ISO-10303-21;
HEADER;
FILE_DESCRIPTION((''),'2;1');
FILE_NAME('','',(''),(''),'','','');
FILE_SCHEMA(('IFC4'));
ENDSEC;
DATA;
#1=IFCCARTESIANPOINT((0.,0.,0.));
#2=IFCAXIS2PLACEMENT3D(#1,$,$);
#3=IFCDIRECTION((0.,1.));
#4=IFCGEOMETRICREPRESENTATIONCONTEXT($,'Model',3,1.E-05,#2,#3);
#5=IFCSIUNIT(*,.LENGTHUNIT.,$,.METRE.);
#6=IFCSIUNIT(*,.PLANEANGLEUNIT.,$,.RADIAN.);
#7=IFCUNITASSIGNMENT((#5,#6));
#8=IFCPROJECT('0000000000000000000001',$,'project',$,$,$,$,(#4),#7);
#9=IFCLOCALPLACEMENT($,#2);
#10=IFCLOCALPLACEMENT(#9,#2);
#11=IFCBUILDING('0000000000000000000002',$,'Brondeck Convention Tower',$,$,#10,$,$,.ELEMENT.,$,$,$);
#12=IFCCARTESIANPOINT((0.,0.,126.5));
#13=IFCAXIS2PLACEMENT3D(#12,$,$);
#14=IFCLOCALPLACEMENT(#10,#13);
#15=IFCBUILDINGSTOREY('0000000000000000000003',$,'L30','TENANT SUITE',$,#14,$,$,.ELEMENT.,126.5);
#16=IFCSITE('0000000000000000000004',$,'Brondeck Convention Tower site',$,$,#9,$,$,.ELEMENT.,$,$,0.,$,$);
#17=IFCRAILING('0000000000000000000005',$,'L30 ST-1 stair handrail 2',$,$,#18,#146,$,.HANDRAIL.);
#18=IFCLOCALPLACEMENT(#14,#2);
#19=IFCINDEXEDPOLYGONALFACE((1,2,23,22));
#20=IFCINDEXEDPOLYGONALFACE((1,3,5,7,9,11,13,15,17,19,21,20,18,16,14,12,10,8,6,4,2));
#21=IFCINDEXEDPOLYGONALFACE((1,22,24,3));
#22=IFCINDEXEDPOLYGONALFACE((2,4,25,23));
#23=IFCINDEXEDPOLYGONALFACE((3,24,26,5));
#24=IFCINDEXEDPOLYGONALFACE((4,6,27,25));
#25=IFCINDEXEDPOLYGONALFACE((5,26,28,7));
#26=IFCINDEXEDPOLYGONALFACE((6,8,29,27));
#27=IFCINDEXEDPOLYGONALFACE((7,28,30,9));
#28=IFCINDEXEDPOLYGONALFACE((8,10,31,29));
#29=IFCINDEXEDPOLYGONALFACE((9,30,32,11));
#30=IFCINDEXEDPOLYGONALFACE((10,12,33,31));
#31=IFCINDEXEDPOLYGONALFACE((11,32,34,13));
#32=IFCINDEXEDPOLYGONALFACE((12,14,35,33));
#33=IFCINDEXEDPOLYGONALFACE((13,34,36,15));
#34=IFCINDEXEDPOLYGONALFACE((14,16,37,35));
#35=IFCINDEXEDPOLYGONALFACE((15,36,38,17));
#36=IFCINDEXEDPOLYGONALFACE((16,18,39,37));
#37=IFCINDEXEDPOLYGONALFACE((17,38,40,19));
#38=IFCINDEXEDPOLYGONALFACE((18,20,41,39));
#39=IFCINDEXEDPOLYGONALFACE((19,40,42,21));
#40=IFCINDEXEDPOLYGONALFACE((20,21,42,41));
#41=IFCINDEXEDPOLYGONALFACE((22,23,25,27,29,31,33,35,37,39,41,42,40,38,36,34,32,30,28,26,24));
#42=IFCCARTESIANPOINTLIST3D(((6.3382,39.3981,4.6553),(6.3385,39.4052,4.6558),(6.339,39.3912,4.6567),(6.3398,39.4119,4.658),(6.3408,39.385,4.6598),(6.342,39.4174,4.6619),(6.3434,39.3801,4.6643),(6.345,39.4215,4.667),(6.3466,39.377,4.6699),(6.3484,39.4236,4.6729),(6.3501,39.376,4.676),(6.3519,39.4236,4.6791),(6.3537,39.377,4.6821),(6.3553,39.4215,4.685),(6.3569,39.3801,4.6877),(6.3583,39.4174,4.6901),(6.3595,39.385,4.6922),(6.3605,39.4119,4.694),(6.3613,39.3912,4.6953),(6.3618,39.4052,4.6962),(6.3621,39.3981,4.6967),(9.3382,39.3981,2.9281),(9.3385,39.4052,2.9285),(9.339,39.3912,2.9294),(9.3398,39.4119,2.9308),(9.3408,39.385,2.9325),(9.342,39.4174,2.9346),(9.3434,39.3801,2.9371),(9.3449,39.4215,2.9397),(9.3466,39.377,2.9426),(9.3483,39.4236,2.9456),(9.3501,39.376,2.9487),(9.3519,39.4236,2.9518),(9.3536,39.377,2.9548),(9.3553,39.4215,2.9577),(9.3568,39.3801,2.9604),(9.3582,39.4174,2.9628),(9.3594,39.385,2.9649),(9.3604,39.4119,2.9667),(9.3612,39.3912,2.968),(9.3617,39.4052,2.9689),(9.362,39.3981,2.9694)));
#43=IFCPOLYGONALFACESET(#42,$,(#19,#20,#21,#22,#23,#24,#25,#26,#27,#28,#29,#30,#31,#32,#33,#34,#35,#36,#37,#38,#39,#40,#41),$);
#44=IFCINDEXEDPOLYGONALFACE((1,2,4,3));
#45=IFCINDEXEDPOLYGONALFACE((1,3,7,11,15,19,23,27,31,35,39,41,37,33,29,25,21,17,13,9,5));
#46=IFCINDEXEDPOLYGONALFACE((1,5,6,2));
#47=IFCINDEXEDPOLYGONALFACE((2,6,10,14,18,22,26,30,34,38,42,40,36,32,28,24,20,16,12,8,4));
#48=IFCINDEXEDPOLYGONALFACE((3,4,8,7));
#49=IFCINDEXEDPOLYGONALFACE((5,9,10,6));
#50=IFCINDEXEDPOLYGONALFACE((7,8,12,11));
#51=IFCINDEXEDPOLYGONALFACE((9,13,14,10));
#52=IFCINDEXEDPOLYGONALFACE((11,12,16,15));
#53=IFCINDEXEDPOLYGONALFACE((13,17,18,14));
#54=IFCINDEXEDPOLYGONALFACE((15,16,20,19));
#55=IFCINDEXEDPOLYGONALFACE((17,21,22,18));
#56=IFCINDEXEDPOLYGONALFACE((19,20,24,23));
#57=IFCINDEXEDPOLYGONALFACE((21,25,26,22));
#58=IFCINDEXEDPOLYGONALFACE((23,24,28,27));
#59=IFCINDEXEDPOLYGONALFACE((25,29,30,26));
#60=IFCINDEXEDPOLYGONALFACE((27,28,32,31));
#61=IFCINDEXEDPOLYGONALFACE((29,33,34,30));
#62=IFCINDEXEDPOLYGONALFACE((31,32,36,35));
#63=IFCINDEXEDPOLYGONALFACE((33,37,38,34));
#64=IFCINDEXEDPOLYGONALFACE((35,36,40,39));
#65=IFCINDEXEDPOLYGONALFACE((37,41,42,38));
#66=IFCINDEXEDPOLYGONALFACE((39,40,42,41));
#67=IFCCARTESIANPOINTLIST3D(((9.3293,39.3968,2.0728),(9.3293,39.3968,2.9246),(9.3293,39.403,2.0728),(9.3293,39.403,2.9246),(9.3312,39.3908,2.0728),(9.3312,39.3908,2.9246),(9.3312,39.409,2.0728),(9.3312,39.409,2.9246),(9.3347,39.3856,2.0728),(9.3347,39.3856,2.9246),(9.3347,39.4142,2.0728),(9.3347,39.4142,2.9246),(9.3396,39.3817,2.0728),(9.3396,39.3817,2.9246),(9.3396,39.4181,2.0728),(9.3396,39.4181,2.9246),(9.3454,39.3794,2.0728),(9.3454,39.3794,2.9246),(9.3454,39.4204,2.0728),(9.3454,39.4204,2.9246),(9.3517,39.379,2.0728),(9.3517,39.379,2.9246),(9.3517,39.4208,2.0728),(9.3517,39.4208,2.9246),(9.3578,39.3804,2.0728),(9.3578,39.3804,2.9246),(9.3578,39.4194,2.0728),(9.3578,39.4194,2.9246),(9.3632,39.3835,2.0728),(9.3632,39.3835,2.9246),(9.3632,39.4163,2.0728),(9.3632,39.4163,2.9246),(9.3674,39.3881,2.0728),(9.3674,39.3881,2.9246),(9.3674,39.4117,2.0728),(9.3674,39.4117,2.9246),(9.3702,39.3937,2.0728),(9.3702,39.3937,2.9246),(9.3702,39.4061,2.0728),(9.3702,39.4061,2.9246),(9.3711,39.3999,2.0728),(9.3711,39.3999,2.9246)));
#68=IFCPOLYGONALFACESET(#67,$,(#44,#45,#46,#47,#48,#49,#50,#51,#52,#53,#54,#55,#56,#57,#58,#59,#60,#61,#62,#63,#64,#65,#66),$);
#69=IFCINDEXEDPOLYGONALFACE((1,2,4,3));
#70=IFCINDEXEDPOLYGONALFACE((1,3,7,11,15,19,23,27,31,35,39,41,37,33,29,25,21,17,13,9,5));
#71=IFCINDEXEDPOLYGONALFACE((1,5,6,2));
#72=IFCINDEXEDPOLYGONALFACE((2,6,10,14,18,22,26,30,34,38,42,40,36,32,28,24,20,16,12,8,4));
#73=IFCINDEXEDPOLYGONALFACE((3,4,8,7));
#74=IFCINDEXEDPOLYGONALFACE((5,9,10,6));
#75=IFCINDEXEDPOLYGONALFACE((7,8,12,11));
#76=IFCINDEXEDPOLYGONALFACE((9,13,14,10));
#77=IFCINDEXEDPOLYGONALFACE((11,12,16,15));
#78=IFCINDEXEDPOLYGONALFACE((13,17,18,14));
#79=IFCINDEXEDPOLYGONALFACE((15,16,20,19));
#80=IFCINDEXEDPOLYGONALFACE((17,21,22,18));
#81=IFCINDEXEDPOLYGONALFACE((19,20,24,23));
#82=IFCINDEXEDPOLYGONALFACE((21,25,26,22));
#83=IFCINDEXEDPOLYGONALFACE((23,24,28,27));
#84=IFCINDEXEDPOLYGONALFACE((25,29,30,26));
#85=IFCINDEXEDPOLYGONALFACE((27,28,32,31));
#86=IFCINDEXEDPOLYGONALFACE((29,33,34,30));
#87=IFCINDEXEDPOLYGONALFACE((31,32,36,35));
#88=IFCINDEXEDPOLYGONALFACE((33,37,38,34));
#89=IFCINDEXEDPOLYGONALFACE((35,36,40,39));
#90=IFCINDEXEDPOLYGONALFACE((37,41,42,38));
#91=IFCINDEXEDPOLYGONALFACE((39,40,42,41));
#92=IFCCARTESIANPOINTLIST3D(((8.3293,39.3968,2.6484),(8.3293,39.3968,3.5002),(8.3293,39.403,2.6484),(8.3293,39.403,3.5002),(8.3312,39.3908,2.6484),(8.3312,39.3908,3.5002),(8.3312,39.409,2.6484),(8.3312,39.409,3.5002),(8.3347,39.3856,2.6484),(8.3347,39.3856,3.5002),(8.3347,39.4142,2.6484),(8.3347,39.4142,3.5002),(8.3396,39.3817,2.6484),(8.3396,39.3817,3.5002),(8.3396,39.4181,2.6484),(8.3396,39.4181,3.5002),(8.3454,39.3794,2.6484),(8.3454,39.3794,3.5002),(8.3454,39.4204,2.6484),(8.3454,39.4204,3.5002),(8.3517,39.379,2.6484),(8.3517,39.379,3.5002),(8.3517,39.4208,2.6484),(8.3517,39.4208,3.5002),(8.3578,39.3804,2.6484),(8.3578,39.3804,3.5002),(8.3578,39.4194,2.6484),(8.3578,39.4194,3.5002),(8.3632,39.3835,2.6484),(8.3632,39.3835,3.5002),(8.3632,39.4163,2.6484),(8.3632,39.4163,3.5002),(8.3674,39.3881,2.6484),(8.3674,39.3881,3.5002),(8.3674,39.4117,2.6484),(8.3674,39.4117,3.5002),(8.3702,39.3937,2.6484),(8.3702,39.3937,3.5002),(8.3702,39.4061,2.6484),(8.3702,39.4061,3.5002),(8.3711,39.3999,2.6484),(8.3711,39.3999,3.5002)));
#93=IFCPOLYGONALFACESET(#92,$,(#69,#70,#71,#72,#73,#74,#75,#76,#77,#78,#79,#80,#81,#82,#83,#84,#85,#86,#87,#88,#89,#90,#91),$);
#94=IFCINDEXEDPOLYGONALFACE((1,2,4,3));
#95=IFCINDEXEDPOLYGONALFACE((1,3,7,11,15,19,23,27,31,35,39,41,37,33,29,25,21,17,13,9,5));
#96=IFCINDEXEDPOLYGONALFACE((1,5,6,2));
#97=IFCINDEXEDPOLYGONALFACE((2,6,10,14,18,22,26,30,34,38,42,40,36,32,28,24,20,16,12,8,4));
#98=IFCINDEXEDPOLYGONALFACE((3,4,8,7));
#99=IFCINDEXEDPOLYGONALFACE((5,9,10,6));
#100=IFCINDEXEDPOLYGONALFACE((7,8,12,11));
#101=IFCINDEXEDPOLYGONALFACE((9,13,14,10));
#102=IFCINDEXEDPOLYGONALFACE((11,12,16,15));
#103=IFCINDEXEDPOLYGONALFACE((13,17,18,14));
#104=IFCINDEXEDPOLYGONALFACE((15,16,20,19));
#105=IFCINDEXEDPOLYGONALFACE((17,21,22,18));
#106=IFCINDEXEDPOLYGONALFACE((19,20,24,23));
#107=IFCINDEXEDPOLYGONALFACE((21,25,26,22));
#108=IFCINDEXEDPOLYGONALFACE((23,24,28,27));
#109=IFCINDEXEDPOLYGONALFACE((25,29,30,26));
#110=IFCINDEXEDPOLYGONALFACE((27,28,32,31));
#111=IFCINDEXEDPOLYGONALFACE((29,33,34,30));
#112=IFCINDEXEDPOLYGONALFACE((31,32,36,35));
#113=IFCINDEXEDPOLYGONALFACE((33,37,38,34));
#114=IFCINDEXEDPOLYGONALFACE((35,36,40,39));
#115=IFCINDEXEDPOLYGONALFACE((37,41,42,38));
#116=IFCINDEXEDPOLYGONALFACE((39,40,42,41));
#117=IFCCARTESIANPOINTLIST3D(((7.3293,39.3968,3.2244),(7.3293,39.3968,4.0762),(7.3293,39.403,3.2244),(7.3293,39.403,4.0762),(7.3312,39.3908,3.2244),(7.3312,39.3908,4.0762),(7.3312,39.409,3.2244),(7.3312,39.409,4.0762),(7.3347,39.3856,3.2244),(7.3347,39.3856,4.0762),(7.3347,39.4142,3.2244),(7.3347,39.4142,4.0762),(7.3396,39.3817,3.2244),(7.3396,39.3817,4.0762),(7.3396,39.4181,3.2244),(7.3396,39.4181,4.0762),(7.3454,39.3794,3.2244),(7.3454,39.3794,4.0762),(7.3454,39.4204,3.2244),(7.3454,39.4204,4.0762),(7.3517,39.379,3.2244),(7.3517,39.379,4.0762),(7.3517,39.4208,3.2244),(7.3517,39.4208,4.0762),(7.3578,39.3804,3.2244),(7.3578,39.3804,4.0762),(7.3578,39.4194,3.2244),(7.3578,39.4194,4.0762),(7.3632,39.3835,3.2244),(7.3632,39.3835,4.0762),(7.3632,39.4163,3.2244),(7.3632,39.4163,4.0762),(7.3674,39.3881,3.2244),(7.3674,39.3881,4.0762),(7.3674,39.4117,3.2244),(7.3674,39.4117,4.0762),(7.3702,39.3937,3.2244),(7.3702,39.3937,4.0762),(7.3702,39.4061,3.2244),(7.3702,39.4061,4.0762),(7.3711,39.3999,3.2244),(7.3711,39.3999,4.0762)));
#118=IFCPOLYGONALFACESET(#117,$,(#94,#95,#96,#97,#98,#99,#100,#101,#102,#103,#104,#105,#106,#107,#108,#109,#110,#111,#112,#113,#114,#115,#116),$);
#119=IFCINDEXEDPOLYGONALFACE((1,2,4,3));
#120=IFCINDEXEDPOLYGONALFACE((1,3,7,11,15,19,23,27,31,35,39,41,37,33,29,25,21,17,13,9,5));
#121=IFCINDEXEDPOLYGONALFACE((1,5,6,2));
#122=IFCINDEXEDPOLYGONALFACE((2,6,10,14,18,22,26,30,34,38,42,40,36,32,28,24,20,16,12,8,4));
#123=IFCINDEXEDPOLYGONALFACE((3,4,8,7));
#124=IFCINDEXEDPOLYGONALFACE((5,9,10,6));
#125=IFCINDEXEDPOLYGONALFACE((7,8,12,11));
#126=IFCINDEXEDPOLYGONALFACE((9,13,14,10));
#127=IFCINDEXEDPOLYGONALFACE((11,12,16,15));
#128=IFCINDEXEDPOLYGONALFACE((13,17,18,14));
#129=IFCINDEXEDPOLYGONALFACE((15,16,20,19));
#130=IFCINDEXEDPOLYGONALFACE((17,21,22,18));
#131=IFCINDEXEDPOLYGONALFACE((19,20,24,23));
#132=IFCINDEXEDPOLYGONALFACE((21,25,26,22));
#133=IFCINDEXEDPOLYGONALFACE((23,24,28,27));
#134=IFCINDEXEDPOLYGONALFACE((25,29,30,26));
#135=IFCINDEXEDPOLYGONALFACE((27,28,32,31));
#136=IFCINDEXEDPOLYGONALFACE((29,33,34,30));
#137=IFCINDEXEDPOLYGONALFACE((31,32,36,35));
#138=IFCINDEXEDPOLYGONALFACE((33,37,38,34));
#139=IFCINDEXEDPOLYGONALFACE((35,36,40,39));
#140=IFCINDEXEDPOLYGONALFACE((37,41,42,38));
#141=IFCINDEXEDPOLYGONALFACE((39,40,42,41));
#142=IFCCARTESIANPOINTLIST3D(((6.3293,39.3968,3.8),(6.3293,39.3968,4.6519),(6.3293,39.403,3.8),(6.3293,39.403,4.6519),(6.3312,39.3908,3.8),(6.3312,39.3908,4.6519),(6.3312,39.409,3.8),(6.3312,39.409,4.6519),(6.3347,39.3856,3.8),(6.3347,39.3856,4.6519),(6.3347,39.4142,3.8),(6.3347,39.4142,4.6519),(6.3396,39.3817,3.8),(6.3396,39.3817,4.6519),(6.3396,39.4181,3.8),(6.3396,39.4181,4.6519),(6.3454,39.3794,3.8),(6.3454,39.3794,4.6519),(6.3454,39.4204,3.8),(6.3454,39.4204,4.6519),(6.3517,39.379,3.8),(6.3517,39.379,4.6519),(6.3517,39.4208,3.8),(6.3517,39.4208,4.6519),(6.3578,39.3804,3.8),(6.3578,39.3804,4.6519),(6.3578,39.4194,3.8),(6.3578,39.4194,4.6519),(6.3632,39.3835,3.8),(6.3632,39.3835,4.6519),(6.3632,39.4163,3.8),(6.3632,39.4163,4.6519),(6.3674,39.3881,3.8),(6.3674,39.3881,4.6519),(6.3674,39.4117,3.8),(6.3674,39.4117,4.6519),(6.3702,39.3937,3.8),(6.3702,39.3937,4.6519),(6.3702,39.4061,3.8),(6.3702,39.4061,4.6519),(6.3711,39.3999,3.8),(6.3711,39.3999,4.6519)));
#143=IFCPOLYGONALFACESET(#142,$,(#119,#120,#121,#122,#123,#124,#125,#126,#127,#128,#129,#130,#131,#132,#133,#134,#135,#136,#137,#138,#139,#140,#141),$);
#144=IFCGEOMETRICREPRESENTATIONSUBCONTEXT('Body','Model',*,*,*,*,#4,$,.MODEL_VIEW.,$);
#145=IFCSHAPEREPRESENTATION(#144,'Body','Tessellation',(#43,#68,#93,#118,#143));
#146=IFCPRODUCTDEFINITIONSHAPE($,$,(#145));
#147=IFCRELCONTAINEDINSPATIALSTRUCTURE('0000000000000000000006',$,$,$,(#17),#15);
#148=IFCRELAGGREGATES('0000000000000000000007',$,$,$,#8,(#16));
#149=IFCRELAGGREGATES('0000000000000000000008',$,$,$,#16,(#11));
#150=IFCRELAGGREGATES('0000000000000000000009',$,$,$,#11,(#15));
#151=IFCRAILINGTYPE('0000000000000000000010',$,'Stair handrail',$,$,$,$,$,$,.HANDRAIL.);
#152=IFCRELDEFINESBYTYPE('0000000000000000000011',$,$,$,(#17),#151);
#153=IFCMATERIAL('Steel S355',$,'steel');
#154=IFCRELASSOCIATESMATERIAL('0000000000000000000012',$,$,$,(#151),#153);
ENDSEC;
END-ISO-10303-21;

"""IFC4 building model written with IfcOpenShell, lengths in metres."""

from ifc_helpers import new_model, si_unit, direction, frame, origin, origin_2d, place, context, subcontext, project, spatial, circle, extrude, material, type_object, element, save


model = new_model("IFC4")

# Units and contexts
model_context = context("Model", 3, precision=1e-05, world=origin(), true_north=direction((0.0, 1.0)))
body_context = subcontext(model_context, "Body", "Model", "MODEL_VIEW")
ifc_project = project(units=[si_unit("LENGTHUNIT", "METRE"), si_unit("PLANEANGLEUNIT", "RADIAN")], contexts=[model_context])

# Site, building, storey
site_placement = place(None, origin())
site = spatial("IfcSite", under=ifc_project, at=site_placement, Name="Brondeck Convention Tower site", CompositionType="ELEMENT", RefElevation=0.0)
building_placement = place(site_placement, origin())
building = spatial("IfcBuilding", under=site, at=building_placement, Name="Brondeck Convention Tower", CompositionType="ELEMENT")
storey_placement = place(building_placement, frame((0.0, 0.0, 126.5)))
storey = spatial("IfcBuildingStorey", under=building, at=storey_placement, Name="L30", Description="TENANT SUITE", CompositionType="ELEMENT", Elevation=126.5)

# Shared definitions
ifc_material_1 = material(Name="Steel S355", Category="steel")

# Railing
railing_type = type_object("IfcRailingType", Name="Stair handrail", PredefinedType="HANDRAIL", material=ifc_material_1)
railing_placement = place(storey_placement, frame((9.3501, 39.3999, 2.0728)))
element("IfcRailing", 1, at=railing_placement, inside=storey, type_object=railing_type, Name="L30 ST-1 stair handrail 2", PredefinedType="HANDRAIL", context=body_context, shape_type="SweptSolid", body=[
    extrude(circle(Radius=0.0239, at=origin_2d()), frame((0.0, 0.0, 0.876), z_axis=(-0.86662, 0.0, 0.498969), x_axis=(0.0, -1.0, 0.0)), (0.0, 0.0, 1.0), 3.4617),
    extrude(circle(Radius=0.021, at=origin_2d()), origin(), (0.0, 0.0, 1.0), 0.8518),
    extrude(circle(Radius=0.021, at=origin_2d()), frame((-1.0, 0.0, 0.5757)), (0.0, 0.0, 1.0), 0.8518),
    extrude(circle(Radius=0.021, at=origin_2d()), frame((-2.0, 0.0, 1.1516)), (0.0, 0.0, 1.0), 0.8518),
    extrude(circle(Radius=0.021, at=origin_2d()), frame((-3.0, 0.0, 1.7273)), (0.0, 0.0, 1.0), 0.8518),
])

save(model, "model.ifc")
